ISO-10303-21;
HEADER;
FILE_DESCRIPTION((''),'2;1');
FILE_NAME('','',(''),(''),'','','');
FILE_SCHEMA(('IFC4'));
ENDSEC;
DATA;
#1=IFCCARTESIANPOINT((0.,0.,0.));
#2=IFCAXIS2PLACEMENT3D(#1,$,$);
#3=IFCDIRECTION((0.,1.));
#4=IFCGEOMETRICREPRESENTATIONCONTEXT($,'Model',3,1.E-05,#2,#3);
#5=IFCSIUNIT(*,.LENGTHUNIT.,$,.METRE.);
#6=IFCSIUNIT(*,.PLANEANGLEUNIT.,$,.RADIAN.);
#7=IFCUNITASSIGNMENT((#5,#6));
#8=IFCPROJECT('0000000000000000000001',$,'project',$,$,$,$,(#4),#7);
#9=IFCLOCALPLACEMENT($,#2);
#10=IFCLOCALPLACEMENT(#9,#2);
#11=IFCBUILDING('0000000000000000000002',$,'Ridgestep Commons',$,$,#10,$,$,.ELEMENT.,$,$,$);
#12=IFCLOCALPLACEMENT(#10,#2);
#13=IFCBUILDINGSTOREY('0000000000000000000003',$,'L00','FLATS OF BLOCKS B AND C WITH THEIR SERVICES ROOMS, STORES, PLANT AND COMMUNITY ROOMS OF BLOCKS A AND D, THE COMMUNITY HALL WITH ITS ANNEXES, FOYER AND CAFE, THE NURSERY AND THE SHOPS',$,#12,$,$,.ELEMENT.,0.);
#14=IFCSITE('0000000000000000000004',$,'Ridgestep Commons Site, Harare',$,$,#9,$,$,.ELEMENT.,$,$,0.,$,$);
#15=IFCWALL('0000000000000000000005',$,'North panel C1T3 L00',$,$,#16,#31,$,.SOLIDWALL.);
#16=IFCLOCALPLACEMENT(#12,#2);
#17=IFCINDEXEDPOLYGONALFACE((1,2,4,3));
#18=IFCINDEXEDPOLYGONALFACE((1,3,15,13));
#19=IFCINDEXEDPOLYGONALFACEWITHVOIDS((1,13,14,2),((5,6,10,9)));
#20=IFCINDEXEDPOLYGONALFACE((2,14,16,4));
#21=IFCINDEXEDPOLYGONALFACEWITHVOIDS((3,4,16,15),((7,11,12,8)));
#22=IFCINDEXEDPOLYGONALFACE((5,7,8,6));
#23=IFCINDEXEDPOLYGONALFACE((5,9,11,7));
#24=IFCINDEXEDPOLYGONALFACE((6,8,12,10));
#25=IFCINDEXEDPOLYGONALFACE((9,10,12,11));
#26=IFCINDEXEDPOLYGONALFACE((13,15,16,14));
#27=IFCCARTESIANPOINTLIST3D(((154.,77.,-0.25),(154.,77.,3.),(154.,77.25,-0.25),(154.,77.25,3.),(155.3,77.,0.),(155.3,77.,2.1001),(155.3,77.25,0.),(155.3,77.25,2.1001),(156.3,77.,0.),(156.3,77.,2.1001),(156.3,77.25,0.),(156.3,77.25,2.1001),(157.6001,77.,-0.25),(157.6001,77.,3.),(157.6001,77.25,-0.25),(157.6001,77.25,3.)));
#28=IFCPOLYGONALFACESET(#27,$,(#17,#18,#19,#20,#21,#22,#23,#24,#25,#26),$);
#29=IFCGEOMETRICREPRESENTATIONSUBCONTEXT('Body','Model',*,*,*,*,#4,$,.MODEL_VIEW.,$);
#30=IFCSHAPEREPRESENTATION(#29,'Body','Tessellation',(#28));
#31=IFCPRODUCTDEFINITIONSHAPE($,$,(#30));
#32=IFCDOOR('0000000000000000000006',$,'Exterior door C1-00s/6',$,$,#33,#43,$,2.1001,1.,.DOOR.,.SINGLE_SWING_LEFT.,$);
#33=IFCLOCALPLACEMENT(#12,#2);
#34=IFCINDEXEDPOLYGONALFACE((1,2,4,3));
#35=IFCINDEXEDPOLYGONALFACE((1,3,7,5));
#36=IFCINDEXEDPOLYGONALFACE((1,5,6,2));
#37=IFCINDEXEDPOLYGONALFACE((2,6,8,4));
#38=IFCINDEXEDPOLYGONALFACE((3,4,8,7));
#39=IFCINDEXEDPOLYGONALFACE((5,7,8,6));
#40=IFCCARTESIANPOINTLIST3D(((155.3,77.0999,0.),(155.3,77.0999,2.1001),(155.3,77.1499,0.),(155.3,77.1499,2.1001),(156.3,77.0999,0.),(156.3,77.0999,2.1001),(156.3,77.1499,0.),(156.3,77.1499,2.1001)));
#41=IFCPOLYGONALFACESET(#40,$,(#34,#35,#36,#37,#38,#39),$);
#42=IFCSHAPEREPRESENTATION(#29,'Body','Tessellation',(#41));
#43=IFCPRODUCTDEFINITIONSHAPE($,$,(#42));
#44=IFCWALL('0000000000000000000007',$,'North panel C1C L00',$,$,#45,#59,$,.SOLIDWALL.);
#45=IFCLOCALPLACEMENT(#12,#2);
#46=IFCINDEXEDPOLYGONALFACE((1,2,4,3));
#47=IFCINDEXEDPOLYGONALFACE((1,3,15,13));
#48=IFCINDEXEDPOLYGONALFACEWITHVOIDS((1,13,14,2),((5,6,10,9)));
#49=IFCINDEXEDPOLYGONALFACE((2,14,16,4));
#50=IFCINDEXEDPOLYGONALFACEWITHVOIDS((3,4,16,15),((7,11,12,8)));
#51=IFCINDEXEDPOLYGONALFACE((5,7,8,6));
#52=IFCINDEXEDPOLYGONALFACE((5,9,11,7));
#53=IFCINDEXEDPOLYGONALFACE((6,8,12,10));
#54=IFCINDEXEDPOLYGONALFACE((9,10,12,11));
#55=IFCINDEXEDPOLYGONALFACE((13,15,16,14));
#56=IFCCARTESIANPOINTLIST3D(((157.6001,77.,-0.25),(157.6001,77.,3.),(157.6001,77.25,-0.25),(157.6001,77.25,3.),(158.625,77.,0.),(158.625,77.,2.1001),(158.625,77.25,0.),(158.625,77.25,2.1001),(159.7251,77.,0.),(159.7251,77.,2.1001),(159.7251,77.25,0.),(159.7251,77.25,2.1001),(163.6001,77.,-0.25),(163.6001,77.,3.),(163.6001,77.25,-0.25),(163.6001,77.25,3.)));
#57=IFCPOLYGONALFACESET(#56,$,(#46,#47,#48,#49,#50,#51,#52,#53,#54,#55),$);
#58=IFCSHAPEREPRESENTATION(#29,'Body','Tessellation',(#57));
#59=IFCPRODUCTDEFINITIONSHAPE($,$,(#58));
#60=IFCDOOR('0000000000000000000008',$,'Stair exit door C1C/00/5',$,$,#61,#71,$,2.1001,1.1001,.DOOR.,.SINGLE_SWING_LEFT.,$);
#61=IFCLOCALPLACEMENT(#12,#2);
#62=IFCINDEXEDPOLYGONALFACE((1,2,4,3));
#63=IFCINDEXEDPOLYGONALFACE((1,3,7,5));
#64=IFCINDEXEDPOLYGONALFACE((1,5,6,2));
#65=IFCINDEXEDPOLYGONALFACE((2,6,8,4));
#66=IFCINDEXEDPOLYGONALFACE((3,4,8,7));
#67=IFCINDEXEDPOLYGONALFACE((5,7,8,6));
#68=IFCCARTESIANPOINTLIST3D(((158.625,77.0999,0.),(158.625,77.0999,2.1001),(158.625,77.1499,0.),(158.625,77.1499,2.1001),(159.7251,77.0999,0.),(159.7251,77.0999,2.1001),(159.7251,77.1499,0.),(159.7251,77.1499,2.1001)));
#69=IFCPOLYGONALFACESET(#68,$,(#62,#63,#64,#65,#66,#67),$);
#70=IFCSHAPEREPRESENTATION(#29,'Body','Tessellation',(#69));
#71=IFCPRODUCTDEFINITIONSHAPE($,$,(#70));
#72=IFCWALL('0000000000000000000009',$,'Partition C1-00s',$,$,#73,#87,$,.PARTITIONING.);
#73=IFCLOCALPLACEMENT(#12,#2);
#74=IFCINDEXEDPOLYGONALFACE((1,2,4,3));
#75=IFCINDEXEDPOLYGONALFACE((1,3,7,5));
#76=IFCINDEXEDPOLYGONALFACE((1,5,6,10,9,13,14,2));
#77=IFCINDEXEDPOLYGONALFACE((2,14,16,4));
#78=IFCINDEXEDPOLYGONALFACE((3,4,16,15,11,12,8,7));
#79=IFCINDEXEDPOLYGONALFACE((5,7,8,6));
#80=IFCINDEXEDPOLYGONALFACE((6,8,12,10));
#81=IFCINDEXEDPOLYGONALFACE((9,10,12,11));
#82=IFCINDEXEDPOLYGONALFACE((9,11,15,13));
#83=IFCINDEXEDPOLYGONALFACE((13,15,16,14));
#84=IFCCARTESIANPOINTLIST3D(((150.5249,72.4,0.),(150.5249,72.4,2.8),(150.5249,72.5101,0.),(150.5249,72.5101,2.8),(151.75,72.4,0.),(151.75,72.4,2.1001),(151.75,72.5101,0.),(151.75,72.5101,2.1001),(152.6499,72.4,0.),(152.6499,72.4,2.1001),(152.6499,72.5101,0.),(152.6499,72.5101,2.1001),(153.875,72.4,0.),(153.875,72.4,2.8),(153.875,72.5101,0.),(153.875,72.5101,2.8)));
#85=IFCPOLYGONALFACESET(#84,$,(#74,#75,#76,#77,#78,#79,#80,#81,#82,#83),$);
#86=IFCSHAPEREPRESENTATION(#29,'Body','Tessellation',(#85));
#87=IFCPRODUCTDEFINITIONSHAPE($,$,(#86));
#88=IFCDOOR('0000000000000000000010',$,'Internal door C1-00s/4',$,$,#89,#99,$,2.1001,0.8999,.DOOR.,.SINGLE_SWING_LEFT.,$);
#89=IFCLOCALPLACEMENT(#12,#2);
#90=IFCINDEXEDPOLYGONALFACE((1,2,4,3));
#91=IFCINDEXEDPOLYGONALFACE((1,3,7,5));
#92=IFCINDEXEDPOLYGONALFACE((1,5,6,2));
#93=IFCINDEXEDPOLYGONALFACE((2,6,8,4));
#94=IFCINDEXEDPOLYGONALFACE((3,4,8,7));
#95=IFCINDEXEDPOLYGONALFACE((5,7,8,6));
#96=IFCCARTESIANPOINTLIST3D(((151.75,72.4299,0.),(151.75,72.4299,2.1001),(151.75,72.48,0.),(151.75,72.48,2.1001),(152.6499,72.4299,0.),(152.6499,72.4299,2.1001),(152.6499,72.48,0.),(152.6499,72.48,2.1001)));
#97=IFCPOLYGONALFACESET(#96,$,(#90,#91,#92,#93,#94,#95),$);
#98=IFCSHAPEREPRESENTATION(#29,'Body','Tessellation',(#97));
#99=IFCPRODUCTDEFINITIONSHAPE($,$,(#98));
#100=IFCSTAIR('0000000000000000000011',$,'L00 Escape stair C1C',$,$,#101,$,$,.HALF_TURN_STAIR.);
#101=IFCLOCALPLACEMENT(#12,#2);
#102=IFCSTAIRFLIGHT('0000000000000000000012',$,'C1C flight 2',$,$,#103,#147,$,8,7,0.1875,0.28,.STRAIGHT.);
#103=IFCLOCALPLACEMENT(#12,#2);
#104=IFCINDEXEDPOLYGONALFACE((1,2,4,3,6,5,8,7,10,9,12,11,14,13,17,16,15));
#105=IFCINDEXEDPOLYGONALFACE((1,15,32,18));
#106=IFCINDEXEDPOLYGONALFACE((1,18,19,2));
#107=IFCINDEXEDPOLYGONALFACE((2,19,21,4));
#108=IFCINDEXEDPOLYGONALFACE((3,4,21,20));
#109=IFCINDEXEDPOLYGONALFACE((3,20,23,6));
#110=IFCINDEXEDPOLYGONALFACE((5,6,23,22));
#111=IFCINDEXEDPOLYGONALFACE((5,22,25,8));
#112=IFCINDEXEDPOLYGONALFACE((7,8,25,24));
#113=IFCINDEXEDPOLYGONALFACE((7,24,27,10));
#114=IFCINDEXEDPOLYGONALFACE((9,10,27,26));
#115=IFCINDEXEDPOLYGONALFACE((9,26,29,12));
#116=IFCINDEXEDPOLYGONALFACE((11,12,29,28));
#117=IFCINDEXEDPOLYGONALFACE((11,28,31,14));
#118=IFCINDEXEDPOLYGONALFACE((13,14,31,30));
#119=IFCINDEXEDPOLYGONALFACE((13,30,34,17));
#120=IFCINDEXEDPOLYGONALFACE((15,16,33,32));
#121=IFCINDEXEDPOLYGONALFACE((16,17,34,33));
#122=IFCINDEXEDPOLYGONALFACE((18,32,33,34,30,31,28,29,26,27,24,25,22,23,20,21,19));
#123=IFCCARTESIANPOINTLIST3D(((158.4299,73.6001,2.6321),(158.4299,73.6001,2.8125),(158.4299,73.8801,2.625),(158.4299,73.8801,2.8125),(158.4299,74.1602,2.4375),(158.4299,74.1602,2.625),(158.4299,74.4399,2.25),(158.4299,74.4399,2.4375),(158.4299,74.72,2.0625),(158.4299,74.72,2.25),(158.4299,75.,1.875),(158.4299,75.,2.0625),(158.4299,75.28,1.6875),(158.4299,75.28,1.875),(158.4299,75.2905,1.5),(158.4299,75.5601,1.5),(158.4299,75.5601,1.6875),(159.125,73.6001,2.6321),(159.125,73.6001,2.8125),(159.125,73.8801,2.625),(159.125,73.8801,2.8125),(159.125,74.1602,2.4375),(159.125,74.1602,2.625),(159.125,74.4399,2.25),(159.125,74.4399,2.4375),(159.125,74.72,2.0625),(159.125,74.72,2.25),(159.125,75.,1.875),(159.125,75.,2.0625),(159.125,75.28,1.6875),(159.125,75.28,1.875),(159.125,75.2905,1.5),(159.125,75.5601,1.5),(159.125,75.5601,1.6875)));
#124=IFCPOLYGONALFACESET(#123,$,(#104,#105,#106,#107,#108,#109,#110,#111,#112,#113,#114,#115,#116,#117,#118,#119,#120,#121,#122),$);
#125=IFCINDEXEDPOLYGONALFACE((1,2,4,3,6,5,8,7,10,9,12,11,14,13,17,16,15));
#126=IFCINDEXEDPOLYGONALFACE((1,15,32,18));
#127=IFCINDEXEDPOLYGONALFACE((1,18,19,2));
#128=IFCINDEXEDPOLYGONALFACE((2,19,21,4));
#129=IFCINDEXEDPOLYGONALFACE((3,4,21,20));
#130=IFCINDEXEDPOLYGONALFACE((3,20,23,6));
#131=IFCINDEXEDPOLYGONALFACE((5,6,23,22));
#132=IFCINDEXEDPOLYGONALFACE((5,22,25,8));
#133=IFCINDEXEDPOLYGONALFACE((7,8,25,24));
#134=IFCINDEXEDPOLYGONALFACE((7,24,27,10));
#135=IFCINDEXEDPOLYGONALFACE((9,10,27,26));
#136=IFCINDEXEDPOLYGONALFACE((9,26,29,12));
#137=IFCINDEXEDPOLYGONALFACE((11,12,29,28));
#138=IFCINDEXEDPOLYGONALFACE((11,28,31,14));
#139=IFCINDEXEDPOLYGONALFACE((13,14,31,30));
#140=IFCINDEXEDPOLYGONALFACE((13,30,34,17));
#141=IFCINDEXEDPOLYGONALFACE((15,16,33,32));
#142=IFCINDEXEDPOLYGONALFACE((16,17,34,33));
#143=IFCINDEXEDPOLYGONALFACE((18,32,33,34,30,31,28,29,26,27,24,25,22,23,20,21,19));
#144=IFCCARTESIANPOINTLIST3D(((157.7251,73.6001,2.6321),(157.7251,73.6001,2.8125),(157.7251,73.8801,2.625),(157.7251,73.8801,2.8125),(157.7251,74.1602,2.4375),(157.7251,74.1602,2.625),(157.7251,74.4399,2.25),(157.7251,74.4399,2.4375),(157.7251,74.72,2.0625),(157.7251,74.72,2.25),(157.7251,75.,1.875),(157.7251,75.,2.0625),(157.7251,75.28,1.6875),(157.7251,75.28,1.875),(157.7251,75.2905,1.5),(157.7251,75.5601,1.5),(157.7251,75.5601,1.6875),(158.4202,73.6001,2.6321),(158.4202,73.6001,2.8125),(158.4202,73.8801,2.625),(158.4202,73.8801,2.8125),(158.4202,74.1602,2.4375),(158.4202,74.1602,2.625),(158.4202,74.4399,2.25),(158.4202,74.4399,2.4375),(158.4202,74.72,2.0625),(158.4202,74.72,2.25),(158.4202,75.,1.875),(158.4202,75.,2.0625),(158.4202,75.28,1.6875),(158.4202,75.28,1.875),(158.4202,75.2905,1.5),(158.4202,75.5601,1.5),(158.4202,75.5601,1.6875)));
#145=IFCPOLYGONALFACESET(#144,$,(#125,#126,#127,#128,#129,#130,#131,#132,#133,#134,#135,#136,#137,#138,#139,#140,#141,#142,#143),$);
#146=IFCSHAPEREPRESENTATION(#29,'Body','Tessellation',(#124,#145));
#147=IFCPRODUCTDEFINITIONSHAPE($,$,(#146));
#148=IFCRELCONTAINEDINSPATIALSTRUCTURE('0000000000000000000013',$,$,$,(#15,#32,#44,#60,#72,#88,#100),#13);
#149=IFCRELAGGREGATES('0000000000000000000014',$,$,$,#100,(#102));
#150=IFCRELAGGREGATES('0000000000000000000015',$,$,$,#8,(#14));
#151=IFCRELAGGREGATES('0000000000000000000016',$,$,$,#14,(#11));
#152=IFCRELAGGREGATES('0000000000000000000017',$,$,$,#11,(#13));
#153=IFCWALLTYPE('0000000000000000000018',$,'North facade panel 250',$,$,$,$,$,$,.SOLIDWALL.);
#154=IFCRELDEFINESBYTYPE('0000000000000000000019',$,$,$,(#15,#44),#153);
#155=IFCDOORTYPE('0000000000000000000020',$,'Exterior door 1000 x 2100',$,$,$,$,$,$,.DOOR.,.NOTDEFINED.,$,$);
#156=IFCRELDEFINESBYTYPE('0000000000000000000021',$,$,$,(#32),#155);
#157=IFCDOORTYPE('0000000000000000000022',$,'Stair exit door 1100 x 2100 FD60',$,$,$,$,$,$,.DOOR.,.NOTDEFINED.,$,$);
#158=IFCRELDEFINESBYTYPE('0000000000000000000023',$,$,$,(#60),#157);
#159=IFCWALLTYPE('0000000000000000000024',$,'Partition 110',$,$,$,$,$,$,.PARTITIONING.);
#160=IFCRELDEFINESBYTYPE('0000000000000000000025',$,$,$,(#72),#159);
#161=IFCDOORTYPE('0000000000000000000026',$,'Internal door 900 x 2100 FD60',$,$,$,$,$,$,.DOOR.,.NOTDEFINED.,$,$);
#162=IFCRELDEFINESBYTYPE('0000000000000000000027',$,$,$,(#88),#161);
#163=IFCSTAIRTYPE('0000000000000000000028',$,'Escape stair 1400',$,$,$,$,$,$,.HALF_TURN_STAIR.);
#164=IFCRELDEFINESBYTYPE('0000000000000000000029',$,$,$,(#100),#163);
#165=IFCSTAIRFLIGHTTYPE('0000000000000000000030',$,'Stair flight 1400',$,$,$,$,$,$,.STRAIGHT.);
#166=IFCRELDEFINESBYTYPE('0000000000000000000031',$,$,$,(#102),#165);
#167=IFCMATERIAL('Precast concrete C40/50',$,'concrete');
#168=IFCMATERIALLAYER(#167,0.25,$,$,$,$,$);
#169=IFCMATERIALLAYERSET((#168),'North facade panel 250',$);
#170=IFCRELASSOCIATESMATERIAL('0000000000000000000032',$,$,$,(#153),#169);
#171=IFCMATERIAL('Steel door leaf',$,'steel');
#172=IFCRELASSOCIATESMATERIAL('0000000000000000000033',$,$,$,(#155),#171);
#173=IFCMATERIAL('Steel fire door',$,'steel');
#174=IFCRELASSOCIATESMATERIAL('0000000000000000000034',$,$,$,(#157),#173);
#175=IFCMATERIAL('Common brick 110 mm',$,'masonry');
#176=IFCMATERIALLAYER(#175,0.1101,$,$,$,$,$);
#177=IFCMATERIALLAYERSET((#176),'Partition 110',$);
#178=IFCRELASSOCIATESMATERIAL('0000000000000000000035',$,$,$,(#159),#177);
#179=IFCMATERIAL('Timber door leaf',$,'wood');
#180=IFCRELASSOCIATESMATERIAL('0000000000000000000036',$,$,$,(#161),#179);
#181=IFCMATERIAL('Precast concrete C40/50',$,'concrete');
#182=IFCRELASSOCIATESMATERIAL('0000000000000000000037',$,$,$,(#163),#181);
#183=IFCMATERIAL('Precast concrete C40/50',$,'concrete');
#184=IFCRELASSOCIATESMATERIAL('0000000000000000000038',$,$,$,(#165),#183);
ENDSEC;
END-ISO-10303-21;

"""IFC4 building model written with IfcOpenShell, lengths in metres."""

from ifc_helpers import new_model, si_unit, direction, frame, frame_2d, origin, place, context, subcontext, project, spatial, polyline, rectangle, outline, extrude, material, layer, layer_set, type_object, element, fill, aggregate, save


model = new_model("IFC4")

# Units and contexts
model_context = context("Model", 3, precision=1e-05, world=origin(), true_north=direction((0.0, 1.0)))
body_context = subcontext(model_context, "Body", "Model", "MODEL_VIEW")
ifc_project = project(units=[si_unit("LENGTHUNIT", "METRE"), si_unit("PLANEANGLEUNIT", "RADIAN")], contexts=[model_context])

# Site, building, storey
site_placement = place(None, origin())
site = spatial("IfcSite", under=ifc_project, at=site_placement, Name="Ridgestep Commons Site, Harare", CompositionType="ELEMENT", RefElevation=0.0)
building_placement = place(site_placement, origin())
building = spatial("IfcBuilding", under=site, at=building_placement, Name="Ridgestep Commons", CompositionType="ELEMENT")
storey_placement = place(building_placement, origin())
storey = spatial("IfcBuildingStorey", under=building, at=storey_placement, Name="L00", Description="FLATS OF BLOCKS B AND C WITH THEIR SERVICES ROOMS, STORES, PLANT AND COMMUNITY ROOMS OF BLOCKS A AND D, THE COMMUNITY HALL WITH ITS ANNEXES, FOYER AND CAFE, THE NURSERY AND THE SHOPS", CompositionType="ELEMENT", Elevation=0.0)

# Shared definitions
ifc_material_1 = material(Name="Precast concrete C40/50", Category="concrete")
ifc_layer_1 = layer(ifc_material_1, 0.25)
ifc_layer_set_1 = layer_set([ifc_layer_1], Name="North facade panel 250")
wall_type_1 = type_object("IfcWallType", Name="North facade panel 250", PredefinedType="SOLIDWALL", material=ifc_layer_set_1)
ifc_material_2 = material(Name="Steel door leaf", Category="steel")
door_type_1 = type_object("IfcDoorType", Name="Exterior door 1000 x 2100", OperationType="NOTDEFINED", PredefinedType="DOOR", material=ifc_material_2)

# Walls, openings, doors
wall_1_placement = place(storey_placement, frame((154.0, 77.125, -0.25), z_axis=(0.0, 0.0, 1.0), x_axis=(1.0, 0.0, 0.0)))
wall_1 = element("IfcWall", 1, at=wall_1_placement, inside=storey, type_object=wall_type_1, Name="North panel C1T3 L00", PredefinedType="SOLIDWALL", context=body_context, shape_type="SweptSolid", body=[
    extrude(rectangle(XDim=3.6001, YDim=0.25, at=frame_2d((1.8, 0.0))), origin(), (0.0, 0.0, 1.0), 3.25),
])
opening_1_placement = place(wall_1_placement, frame((1.3, 0.0, 0.25)))
opening_1 = element("IfcOpeningElement", 2, at=opening_1_placement, cuts=wall_1, PredefinedType="OPENING", context=body_context, shape_type="SweptSolid", body=[
    extrude(rectangle(XDim=1.0, YDim=2.1001, at=frame_2d((0.5, 1.05))), frame((0.0, 0.135, 0.0), z_axis=(0.0, -1.0, 0.0), x_axis=(1.0, 0.0, 0.0)), (0.0, 0.0, 1.0), 0.27),
])
door_1_placement = place(opening_1_placement, origin())
door_1 = element("IfcDoor", 3, at=door_1_placement, inside=storey, type_object=door_type_1, Name="Exterior door C1-00s/6", OperationType="SINGLE_SWING_LEFT", OverallHeight=2.1001, OverallWidth=1.0, PredefinedType="DOOR", context=body_context, shape_type="SweptSolid", body=[
    extrude(rectangle(XDim=1.0, YDim=2.1001, at=frame_2d((0.5, 1.05))), frame((0.0, 0.0249, 0.0), z_axis=(0.0, -1.0, 0.0), x_axis=(1.0, 0.0, 0.0)), (0.0, 0.0, 1.0), 0.05),
])
fill(opening_1, door_1)
wall_2_placement = place(storey_placement, frame((157.6001, 77.125, -0.25), z_axis=(0.0, 0.0, 1.0), x_axis=(1.0, 0.0, 0.0)))
wall_2 = element("IfcWall", 4, at=wall_2_placement, inside=storey, type_object=wall_type_1, Name="North panel C1C L00", PredefinedType="SOLIDWALL", context=body_context, shape_type="SweptSolid", body=[
    extrude(rectangle(XDim=6.0, YDim=0.25, at=frame_2d((3.0, 0.0))), origin(), (0.0, 0.0, 1.0), 3.25),
])
opening_2_placement = place(wall_2_placement, frame((1.0249, 0.0, 0.25)))
opening_2 = element("IfcOpeningElement", 5, at=opening_2_placement, cuts=wall_2, PredefinedType="OPENING", context=body_context, shape_type="SweptSolid", body=[
    extrude(rectangle(XDim=1.1001, YDim=2.1001, at=frame_2d((0.55, 1.05))), frame((0.0, 0.135, 0.0), z_axis=(0.0, -1.0, 0.0), x_axis=(1.0, 0.0, 0.0)), (0.0, 0.0, 1.0), 0.27),
])
ifc_material_3 = material(Name="Steel fire door", Category="steel")
door_type_2 = type_object("IfcDoorType", Name="Stair exit door 1100 x 2100 FD60", OperationType="NOTDEFINED", PredefinedType="DOOR", material=ifc_material_3)
door_2_placement = place(opening_2_placement, origin())
door_2 = element("IfcDoor", 6, at=door_2_placement, inside=storey, type_object=door_type_2, Name="Stair exit door C1C/00/5", OperationType="SINGLE_SWING_LEFT", OverallHeight=2.1001, OverallWidth=1.1001, PredefinedType="DOOR", context=body_context, shape_type="SweptSolid", body=[
    extrude(rectangle(XDim=1.1001, YDim=2.1001, at=frame_2d((0.55, 1.05))), frame((0.0, 0.0249, 0.0), z_axis=(0.0, -1.0, 0.0), x_axis=(1.0, 0.0, 0.0)), (0.0, 0.0, 1.0), 0.05),
])
fill(opening_2, door_2)
ifc_material_4 = material(Name="Common brick 110 mm", Category="masonry")
ifc_layer_2 = layer(ifc_material_4, 0.1101)
ifc_layer_set_2 = layer_set([ifc_layer_2], Name="Partition 110")
wall_type_2 = type_object("IfcWallType", Name="Partition 110", PredefinedType="PARTITIONING", material=ifc_layer_set_2)
wall_3_placement = place(storey_placement, frame((150.5249, 72.4551, 0.0), z_axis=(0.0, 0.0, 1.0), x_axis=(1.0, 0.0, 0.0)))
wall_3 = element("IfcWall", 7, at=wall_3_placement, inside=storey, type_object=wall_type_2, Name="Partition C1-00s", PredefinedType="PARTITIONING", context=body_context, shape_type="SweptSolid", body=[
    extrude(rectangle(XDim=3.3501, YDim=0.1101, at=frame_2d((1.675, 0.0))), origin(), (0.0, 0.0, 1.0), 2.8),
])
opening_3_placement = place(wall_3_placement, frame((1.2251, 0.0, 0.0)))
opening_3 = element("IfcOpeningElement", 8, at=opening_3_placement, cuts=wall_3, PredefinedType="OPENING", context=body_context, shape_type="SweptSolid", body=[
    extrude(rectangle(XDim=0.8999, YDim=2.1001, at=frame_2d((0.45, 1.05))), frame((0.0, 0.0649, 0.0), z_axis=(0.0, -1.0, 0.0), x_axis=(1.0, 0.0, 0.0)), (0.0, 0.0, 1.0), 0.1301),
])
ifc_material_5 = material(Name="Timber door leaf", Category="wood")
door_type_3 = type_object("IfcDoorType", Name="Internal door 900 x 2100 FD60", OperationType="NOTDEFINED", PredefinedType="DOOR", material=ifc_material_5)
door_3_placement = place(opening_3_placement, origin())
door_3 = element("IfcDoor", 9, at=door_3_placement, inside=storey, type_object=door_type_3, Name="Internal door C1-00s/4", OperationType="SINGLE_SWING_LEFT", OverallHeight=2.1001, OverallWidth=0.8999, PredefinedType="DOOR", context=body_context, shape_type="SweptSolid", body=[
    extrude(rectangle(XDim=0.8999, YDim=2.1001, at=frame_2d((0.45, 1.05))), frame((0.0, 0.0249, 0.0), z_axis=(0.0, -1.0, 0.0), x_axis=(1.0, 0.0, 0.0)), (0.0, 0.0, 1.0), 0.05),
])
fill(opening_3, door_3)

# Stair, stair flight
ifc_material_6 = material(Name="Precast concrete C40/50", Category="concrete")
stair_type = type_object("IfcStairType", Name="Escape stair 1400", PredefinedType="HALF_TURN_STAIR", material=ifc_material_6)
stair_placement = place(storey_placement, origin())
stair = element("IfcStair", 10, at=stair_placement, inside=storey, type_object=stair_type, Name="L00 Escape stair C1C", PredefinedType="HALF_TURN_STAIR")
ifc_material_7 = material(Name="Precast concrete C40/50", Category="concrete")
stair_flight_type = type_object("IfcStairFlightType", Name="Stair flight 1400", PredefinedType="STRAIGHT", material=ifc_material_7)
stair_flight_placement = place(storey_placement, frame((158.425, 75.5601, 1.5), z_axis=(0.0, 0.0, 1.0), x_axis=(0.0, -1.0, 0.0)))
stair_flight = element("IfcStairFlight", 11, at=stair_flight_placement, type_object=stair_flight_type, Name="C1C flight 2", NumberOfRisers=8, NumberOfTreads=7, PredefinedType="STRAIGHT", RiserHeight=0.1875, TreadLength=0.28, context=body_context, shape_type="SweptSolid", body=[
    extrude(outline(polyline([(0.0, 0.0), (0.0, 0.1875), (0.28, 0.1875), (0.28, 0.375), (0.5601, 0.375), (0.5601, 0.5625), (0.8401, 0.5625), (0.8401, 0.75), (1.1201, 0.75), (1.1201, 0.9375), (1.3999, 0.9375), (1.3999, 1.125), (1.6799, 1.125), (1.6799, 1.3125), (1.96, 1.3125), (1.96, 1.5), (1.96, 1.1321), (0.2695, 0.0), (0.0, 0.0)])), frame((0.0, 0.7, 0.0), z_axis=(0.0, -1.0, 0.0), x_axis=(1.0, 0.0, 0.0)), (0.0, 0.0, 1.0), 0.6951),
    extrude(outline(polyline([(0.0, 0.0), (0.0, 0.1875), (0.28, 0.1875), (0.28, 0.375), (0.5601, 0.375), (0.5601, 0.5625), (0.8401, 0.5625), (0.8401, 0.75), (1.1201, 0.75), (1.1201, 0.9375), (1.3999, 0.9375), (1.3999, 1.125), (1.6799, 1.125), (1.6799, 1.3125), (1.96, 1.3125), (1.96, 1.5), (1.96, 1.1321), (0.2695, 0.0), (0.0, 0.0)])), frame((0.0, -0.0049, 0.0), z_axis=(0.0, -1.0, 0.0), x_axis=(1.0, 0.0, 0.0)), (0.0, 0.0, 1.0), 0.6951),
])
aggregate(stair, [stair_flight])

save(model, "model.ifc")
